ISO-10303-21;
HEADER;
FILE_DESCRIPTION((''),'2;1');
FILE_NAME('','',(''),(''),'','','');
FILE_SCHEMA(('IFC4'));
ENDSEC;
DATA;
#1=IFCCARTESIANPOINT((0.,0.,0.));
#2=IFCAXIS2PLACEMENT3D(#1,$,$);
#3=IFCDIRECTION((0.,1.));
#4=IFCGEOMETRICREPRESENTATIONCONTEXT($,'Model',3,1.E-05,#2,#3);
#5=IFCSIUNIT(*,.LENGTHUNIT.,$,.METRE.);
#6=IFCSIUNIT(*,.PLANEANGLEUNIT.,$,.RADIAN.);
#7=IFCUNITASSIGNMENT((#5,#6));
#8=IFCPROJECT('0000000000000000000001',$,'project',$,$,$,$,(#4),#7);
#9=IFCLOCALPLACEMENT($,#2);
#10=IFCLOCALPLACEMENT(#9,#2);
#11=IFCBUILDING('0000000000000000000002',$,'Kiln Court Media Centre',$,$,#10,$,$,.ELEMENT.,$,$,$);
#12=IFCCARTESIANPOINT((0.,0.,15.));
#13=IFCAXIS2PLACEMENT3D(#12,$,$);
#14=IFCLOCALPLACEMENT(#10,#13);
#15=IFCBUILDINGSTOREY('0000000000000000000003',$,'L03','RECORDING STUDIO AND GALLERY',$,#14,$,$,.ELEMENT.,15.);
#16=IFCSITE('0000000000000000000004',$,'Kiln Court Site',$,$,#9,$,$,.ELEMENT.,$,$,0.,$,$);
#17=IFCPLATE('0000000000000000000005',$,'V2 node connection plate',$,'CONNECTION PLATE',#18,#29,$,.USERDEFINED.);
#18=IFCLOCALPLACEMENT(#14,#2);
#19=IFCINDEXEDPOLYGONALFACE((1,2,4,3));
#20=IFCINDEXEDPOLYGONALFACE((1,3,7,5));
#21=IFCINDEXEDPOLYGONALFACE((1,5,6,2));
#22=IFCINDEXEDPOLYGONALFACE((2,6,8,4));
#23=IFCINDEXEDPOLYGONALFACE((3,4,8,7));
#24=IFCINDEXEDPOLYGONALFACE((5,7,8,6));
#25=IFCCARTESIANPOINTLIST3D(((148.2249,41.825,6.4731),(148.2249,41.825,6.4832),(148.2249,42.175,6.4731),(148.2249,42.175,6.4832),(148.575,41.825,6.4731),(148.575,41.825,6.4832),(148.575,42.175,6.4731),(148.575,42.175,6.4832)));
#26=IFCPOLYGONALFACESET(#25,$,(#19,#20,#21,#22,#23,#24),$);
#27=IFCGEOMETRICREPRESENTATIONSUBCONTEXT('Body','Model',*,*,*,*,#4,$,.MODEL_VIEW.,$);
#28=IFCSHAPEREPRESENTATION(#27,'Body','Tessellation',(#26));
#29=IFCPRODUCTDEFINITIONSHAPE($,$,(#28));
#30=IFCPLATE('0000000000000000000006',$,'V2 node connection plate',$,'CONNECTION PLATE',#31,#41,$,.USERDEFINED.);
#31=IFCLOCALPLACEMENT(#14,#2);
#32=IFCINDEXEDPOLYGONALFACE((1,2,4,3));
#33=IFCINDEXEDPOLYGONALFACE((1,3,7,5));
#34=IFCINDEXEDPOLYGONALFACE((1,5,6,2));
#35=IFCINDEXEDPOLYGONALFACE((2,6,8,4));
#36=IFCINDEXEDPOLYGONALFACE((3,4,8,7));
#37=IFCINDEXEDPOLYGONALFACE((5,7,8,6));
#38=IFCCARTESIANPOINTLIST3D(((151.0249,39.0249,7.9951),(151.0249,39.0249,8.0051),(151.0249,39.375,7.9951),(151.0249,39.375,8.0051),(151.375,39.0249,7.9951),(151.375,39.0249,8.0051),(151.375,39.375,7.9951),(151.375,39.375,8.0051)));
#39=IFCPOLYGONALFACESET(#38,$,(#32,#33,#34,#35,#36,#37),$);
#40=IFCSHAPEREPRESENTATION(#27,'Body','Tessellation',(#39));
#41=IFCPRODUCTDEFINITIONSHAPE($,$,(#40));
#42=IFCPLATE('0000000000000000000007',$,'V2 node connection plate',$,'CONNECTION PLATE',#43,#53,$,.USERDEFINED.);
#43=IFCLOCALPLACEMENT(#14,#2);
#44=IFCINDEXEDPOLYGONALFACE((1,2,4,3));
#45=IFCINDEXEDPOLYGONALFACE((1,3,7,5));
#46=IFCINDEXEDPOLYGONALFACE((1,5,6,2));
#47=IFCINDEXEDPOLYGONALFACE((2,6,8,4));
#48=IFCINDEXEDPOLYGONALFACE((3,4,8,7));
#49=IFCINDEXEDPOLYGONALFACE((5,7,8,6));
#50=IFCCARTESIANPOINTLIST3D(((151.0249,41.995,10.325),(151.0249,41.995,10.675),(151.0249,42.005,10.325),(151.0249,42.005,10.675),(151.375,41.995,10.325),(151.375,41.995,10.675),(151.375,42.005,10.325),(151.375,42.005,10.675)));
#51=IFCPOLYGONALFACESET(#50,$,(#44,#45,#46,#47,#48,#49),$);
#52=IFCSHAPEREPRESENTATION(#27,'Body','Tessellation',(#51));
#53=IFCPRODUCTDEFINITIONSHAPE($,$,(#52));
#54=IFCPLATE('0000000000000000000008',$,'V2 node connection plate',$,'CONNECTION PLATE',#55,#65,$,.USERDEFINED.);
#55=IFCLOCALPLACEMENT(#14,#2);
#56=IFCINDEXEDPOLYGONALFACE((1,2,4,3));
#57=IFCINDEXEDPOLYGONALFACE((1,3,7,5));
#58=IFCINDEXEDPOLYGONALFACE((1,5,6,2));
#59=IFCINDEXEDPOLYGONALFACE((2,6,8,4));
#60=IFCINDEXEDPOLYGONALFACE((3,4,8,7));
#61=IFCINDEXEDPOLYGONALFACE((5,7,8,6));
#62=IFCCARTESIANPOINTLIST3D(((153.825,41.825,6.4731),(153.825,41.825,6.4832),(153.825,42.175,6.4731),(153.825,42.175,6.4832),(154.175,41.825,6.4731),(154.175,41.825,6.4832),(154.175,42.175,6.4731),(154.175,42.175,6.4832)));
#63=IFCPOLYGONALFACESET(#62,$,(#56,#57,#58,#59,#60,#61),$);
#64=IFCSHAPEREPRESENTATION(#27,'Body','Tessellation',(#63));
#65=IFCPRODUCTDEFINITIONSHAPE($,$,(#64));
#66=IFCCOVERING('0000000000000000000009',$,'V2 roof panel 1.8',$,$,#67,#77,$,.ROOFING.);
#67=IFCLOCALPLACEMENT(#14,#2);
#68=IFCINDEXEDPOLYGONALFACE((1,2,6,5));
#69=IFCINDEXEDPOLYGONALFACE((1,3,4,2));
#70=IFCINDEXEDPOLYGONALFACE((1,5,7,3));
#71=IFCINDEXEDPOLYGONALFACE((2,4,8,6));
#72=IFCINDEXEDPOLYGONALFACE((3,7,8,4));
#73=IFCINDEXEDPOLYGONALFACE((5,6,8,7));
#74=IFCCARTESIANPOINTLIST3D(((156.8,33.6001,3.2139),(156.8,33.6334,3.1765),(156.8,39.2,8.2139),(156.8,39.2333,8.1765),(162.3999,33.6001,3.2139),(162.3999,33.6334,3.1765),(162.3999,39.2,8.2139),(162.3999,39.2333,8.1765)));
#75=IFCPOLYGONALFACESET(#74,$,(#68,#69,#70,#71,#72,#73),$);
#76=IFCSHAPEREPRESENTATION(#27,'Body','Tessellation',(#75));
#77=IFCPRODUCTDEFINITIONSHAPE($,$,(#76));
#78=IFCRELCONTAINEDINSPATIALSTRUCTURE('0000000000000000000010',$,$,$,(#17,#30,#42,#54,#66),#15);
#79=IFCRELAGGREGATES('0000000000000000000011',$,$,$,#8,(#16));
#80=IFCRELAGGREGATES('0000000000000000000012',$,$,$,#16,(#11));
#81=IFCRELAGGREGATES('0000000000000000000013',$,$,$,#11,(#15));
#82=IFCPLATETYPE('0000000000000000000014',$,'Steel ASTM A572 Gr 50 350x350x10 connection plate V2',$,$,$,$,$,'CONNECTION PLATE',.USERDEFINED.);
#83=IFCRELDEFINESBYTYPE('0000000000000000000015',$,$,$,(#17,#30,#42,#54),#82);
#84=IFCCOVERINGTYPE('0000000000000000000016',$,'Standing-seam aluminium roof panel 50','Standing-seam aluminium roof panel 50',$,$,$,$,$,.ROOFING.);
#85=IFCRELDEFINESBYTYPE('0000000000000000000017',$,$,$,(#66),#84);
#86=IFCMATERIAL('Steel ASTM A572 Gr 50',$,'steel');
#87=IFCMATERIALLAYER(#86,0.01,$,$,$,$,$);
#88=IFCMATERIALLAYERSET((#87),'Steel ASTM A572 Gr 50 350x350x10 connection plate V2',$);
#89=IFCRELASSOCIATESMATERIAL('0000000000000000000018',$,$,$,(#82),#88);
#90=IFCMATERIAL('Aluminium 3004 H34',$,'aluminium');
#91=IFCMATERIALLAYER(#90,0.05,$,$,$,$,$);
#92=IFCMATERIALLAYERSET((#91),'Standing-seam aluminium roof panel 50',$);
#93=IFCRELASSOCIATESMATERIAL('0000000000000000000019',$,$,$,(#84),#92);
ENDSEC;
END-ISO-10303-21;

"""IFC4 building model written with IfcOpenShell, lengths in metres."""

from ifc_helpers import new_model, si_unit, direction, frame, origin, origin_2d, place, context, subcontext, project, spatial, polyline, rectangle, outline, extrude, material, layer, layer_set, type_object, element, save


model = new_model("IFC4")

# Units and contexts
model_context = context("Model", 3, precision=1e-05, world=origin(), true_north=direction((0.0, 1.0)))
body_context = subcontext(model_context, "Body", "Model", "MODEL_VIEW")
ifc_project = project(units=[si_unit("LENGTHUNIT", "METRE"), si_unit("PLANEANGLEUNIT", "RADIAN")], contexts=[model_context])

# Site, building, storey
site_placement = place(None, origin())
site = spatial("IfcSite", under=ifc_project, at=site_placement, Name="Kiln Court Site", CompositionType="ELEMENT", RefElevation=0.0)
building_placement = place(site_placement, origin())
building = spatial("IfcBuilding", under=site, at=building_placement, Name="Kiln Court Media Centre", CompositionType="ELEMENT")
storey_placement = place(building_placement, frame((0.0, 0.0, 15.0)))
storey = spatial("IfcBuildingStorey", under=building, at=storey_placement, Name="L03", Description="RECORDING STUDIO AND GALLERY", CompositionType="ELEMENT", Elevation=15.0)

# Plates
ifc_material_1 = material(Name="Steel ASTM A572 Gr 50", Category="steel")
ifc_layer_1 = layer(ifc_material_1, 0.01)
ifc_layer_set_1 = layer_set([ifc_layer_1], Name="Steel ASTM A572 Gr 50 350x350x10 connection plate V2")
plate_type_1 = type_object("IfcPlateType", Name="Steel ASTM A572 Gr 50 350x350x10 connection plate V2", ElementType="CONNECTION PLATE", PredefinedType="USERDEFINED", material=ifc_layer_set_1)
for number, where, z_axis, x_axis, name in (
    (1, (148.3999, 42.0, 6.4731), (0.0, 0.0, 1.0), (1.0, 0.0, 0.0), "V2 node connection plate"),
    (2, (151.2, 39.2, 7.9951), (0.0, 0.0, 1.0), (1.0, 0.0, 0.0), "V2 node connection plate"),
):
    element("IfcPlate", number, at=place(storey_placement, frame(where, z_axis=z_axis, x_axis=x_axis)), inside=storey, type_object=plate_type_1, Name=name, ObjectType="CONNECTION PLATE", PredefinedType="USERDEFINED", context=body_context, shape_type="SweptSolid", body=[
        extrude(rectangle(XDim=0.3501, YDim=0.3501, at=origin_2d()), origin(), (0.0, 0.0, 1.0), 0.01),
    ])
plate_1_placement = place(storey_placement, frame((151.2, 42.0, 10.325), z_axis=(0.0, 0.0, 1.0), x_axis=(1.0, 0.0, 0.0)))
element("IfcPlate", 3, at=plate_1_placement, inside=storey, type_object=plate_type_1, Name="V2 node connection plate", ObjectType="CONNECTION PLATE", PredefinedType="USERDEFINED", context=body_context, shape_type="SweptSolid", body=[
    extrude(rectangle(XDim=0.3501, YDim=0.01, at=origin_2d()), origin(), (0.0, 0.0, 1.0), 0.3501),
])
plate_2_placement = place(storey_placement, frame((154.0, 42.0, 6.4731), z_axis=(0.0, 0.0, 1.0), x_axis=(1.0, 0.0, 0.0)))
element("IfcPlate", 4, at=plate_2_placement, inside=storey, type_object=plate_type_1, Name="V2 node connection plate", ObjectType="CONNECTION PLATE", PredefinedType="USERDEFINED", context=body_context, shape_type="SweptSolid", body=[
    extrude(rectangle(XDim=0.3501, YDim=0.3501, at=origin_2d()), origin(), (0.0, 0.0, 1.0), 0.01),
])

# Covering
ifc_material_2 = material(Name="Aluminium 3004 H34", Category="aluminium")
ifc_layer_2 = layer(ifc_material_2, 0.05)
ifc_layer_set_2 = layer_set([ifc_layer_2], Name="Standing-seam aluminium roof panel 50")
covering_type = type_object("IfcCoveringType", Name="Standing-seam aluminium roof panel 50", Description="Standing-seam aluminium roof panel 50", PredefinedType="ROOFING", material=ifc_layer_set_2)
covering_placement = place(storey_placement, frame((156.8, 33.6001, 3.2139), z_axis=(0.0, -0.666025, 0.745929), x_axis=(0.0, 0.745929, 0.666025)))
element("IfcCovering", 5, at=covering_placement, inside=storey, type_object=covering_type, Name="V2 roof panel 1.8", PredefinedType="ROOFING", context=body_context, shape_type="SweptSolid", body=[
    extrude(outline(polyline([(0.0, 0.0), (7.5072, 0.0), (7.5072, -5.5999), (0.0, -5.5999), (0.0, 0.0)])), origin(), (0.0, 0.0, -1.0), 0.05),
])

save(model, "model.ifc")
